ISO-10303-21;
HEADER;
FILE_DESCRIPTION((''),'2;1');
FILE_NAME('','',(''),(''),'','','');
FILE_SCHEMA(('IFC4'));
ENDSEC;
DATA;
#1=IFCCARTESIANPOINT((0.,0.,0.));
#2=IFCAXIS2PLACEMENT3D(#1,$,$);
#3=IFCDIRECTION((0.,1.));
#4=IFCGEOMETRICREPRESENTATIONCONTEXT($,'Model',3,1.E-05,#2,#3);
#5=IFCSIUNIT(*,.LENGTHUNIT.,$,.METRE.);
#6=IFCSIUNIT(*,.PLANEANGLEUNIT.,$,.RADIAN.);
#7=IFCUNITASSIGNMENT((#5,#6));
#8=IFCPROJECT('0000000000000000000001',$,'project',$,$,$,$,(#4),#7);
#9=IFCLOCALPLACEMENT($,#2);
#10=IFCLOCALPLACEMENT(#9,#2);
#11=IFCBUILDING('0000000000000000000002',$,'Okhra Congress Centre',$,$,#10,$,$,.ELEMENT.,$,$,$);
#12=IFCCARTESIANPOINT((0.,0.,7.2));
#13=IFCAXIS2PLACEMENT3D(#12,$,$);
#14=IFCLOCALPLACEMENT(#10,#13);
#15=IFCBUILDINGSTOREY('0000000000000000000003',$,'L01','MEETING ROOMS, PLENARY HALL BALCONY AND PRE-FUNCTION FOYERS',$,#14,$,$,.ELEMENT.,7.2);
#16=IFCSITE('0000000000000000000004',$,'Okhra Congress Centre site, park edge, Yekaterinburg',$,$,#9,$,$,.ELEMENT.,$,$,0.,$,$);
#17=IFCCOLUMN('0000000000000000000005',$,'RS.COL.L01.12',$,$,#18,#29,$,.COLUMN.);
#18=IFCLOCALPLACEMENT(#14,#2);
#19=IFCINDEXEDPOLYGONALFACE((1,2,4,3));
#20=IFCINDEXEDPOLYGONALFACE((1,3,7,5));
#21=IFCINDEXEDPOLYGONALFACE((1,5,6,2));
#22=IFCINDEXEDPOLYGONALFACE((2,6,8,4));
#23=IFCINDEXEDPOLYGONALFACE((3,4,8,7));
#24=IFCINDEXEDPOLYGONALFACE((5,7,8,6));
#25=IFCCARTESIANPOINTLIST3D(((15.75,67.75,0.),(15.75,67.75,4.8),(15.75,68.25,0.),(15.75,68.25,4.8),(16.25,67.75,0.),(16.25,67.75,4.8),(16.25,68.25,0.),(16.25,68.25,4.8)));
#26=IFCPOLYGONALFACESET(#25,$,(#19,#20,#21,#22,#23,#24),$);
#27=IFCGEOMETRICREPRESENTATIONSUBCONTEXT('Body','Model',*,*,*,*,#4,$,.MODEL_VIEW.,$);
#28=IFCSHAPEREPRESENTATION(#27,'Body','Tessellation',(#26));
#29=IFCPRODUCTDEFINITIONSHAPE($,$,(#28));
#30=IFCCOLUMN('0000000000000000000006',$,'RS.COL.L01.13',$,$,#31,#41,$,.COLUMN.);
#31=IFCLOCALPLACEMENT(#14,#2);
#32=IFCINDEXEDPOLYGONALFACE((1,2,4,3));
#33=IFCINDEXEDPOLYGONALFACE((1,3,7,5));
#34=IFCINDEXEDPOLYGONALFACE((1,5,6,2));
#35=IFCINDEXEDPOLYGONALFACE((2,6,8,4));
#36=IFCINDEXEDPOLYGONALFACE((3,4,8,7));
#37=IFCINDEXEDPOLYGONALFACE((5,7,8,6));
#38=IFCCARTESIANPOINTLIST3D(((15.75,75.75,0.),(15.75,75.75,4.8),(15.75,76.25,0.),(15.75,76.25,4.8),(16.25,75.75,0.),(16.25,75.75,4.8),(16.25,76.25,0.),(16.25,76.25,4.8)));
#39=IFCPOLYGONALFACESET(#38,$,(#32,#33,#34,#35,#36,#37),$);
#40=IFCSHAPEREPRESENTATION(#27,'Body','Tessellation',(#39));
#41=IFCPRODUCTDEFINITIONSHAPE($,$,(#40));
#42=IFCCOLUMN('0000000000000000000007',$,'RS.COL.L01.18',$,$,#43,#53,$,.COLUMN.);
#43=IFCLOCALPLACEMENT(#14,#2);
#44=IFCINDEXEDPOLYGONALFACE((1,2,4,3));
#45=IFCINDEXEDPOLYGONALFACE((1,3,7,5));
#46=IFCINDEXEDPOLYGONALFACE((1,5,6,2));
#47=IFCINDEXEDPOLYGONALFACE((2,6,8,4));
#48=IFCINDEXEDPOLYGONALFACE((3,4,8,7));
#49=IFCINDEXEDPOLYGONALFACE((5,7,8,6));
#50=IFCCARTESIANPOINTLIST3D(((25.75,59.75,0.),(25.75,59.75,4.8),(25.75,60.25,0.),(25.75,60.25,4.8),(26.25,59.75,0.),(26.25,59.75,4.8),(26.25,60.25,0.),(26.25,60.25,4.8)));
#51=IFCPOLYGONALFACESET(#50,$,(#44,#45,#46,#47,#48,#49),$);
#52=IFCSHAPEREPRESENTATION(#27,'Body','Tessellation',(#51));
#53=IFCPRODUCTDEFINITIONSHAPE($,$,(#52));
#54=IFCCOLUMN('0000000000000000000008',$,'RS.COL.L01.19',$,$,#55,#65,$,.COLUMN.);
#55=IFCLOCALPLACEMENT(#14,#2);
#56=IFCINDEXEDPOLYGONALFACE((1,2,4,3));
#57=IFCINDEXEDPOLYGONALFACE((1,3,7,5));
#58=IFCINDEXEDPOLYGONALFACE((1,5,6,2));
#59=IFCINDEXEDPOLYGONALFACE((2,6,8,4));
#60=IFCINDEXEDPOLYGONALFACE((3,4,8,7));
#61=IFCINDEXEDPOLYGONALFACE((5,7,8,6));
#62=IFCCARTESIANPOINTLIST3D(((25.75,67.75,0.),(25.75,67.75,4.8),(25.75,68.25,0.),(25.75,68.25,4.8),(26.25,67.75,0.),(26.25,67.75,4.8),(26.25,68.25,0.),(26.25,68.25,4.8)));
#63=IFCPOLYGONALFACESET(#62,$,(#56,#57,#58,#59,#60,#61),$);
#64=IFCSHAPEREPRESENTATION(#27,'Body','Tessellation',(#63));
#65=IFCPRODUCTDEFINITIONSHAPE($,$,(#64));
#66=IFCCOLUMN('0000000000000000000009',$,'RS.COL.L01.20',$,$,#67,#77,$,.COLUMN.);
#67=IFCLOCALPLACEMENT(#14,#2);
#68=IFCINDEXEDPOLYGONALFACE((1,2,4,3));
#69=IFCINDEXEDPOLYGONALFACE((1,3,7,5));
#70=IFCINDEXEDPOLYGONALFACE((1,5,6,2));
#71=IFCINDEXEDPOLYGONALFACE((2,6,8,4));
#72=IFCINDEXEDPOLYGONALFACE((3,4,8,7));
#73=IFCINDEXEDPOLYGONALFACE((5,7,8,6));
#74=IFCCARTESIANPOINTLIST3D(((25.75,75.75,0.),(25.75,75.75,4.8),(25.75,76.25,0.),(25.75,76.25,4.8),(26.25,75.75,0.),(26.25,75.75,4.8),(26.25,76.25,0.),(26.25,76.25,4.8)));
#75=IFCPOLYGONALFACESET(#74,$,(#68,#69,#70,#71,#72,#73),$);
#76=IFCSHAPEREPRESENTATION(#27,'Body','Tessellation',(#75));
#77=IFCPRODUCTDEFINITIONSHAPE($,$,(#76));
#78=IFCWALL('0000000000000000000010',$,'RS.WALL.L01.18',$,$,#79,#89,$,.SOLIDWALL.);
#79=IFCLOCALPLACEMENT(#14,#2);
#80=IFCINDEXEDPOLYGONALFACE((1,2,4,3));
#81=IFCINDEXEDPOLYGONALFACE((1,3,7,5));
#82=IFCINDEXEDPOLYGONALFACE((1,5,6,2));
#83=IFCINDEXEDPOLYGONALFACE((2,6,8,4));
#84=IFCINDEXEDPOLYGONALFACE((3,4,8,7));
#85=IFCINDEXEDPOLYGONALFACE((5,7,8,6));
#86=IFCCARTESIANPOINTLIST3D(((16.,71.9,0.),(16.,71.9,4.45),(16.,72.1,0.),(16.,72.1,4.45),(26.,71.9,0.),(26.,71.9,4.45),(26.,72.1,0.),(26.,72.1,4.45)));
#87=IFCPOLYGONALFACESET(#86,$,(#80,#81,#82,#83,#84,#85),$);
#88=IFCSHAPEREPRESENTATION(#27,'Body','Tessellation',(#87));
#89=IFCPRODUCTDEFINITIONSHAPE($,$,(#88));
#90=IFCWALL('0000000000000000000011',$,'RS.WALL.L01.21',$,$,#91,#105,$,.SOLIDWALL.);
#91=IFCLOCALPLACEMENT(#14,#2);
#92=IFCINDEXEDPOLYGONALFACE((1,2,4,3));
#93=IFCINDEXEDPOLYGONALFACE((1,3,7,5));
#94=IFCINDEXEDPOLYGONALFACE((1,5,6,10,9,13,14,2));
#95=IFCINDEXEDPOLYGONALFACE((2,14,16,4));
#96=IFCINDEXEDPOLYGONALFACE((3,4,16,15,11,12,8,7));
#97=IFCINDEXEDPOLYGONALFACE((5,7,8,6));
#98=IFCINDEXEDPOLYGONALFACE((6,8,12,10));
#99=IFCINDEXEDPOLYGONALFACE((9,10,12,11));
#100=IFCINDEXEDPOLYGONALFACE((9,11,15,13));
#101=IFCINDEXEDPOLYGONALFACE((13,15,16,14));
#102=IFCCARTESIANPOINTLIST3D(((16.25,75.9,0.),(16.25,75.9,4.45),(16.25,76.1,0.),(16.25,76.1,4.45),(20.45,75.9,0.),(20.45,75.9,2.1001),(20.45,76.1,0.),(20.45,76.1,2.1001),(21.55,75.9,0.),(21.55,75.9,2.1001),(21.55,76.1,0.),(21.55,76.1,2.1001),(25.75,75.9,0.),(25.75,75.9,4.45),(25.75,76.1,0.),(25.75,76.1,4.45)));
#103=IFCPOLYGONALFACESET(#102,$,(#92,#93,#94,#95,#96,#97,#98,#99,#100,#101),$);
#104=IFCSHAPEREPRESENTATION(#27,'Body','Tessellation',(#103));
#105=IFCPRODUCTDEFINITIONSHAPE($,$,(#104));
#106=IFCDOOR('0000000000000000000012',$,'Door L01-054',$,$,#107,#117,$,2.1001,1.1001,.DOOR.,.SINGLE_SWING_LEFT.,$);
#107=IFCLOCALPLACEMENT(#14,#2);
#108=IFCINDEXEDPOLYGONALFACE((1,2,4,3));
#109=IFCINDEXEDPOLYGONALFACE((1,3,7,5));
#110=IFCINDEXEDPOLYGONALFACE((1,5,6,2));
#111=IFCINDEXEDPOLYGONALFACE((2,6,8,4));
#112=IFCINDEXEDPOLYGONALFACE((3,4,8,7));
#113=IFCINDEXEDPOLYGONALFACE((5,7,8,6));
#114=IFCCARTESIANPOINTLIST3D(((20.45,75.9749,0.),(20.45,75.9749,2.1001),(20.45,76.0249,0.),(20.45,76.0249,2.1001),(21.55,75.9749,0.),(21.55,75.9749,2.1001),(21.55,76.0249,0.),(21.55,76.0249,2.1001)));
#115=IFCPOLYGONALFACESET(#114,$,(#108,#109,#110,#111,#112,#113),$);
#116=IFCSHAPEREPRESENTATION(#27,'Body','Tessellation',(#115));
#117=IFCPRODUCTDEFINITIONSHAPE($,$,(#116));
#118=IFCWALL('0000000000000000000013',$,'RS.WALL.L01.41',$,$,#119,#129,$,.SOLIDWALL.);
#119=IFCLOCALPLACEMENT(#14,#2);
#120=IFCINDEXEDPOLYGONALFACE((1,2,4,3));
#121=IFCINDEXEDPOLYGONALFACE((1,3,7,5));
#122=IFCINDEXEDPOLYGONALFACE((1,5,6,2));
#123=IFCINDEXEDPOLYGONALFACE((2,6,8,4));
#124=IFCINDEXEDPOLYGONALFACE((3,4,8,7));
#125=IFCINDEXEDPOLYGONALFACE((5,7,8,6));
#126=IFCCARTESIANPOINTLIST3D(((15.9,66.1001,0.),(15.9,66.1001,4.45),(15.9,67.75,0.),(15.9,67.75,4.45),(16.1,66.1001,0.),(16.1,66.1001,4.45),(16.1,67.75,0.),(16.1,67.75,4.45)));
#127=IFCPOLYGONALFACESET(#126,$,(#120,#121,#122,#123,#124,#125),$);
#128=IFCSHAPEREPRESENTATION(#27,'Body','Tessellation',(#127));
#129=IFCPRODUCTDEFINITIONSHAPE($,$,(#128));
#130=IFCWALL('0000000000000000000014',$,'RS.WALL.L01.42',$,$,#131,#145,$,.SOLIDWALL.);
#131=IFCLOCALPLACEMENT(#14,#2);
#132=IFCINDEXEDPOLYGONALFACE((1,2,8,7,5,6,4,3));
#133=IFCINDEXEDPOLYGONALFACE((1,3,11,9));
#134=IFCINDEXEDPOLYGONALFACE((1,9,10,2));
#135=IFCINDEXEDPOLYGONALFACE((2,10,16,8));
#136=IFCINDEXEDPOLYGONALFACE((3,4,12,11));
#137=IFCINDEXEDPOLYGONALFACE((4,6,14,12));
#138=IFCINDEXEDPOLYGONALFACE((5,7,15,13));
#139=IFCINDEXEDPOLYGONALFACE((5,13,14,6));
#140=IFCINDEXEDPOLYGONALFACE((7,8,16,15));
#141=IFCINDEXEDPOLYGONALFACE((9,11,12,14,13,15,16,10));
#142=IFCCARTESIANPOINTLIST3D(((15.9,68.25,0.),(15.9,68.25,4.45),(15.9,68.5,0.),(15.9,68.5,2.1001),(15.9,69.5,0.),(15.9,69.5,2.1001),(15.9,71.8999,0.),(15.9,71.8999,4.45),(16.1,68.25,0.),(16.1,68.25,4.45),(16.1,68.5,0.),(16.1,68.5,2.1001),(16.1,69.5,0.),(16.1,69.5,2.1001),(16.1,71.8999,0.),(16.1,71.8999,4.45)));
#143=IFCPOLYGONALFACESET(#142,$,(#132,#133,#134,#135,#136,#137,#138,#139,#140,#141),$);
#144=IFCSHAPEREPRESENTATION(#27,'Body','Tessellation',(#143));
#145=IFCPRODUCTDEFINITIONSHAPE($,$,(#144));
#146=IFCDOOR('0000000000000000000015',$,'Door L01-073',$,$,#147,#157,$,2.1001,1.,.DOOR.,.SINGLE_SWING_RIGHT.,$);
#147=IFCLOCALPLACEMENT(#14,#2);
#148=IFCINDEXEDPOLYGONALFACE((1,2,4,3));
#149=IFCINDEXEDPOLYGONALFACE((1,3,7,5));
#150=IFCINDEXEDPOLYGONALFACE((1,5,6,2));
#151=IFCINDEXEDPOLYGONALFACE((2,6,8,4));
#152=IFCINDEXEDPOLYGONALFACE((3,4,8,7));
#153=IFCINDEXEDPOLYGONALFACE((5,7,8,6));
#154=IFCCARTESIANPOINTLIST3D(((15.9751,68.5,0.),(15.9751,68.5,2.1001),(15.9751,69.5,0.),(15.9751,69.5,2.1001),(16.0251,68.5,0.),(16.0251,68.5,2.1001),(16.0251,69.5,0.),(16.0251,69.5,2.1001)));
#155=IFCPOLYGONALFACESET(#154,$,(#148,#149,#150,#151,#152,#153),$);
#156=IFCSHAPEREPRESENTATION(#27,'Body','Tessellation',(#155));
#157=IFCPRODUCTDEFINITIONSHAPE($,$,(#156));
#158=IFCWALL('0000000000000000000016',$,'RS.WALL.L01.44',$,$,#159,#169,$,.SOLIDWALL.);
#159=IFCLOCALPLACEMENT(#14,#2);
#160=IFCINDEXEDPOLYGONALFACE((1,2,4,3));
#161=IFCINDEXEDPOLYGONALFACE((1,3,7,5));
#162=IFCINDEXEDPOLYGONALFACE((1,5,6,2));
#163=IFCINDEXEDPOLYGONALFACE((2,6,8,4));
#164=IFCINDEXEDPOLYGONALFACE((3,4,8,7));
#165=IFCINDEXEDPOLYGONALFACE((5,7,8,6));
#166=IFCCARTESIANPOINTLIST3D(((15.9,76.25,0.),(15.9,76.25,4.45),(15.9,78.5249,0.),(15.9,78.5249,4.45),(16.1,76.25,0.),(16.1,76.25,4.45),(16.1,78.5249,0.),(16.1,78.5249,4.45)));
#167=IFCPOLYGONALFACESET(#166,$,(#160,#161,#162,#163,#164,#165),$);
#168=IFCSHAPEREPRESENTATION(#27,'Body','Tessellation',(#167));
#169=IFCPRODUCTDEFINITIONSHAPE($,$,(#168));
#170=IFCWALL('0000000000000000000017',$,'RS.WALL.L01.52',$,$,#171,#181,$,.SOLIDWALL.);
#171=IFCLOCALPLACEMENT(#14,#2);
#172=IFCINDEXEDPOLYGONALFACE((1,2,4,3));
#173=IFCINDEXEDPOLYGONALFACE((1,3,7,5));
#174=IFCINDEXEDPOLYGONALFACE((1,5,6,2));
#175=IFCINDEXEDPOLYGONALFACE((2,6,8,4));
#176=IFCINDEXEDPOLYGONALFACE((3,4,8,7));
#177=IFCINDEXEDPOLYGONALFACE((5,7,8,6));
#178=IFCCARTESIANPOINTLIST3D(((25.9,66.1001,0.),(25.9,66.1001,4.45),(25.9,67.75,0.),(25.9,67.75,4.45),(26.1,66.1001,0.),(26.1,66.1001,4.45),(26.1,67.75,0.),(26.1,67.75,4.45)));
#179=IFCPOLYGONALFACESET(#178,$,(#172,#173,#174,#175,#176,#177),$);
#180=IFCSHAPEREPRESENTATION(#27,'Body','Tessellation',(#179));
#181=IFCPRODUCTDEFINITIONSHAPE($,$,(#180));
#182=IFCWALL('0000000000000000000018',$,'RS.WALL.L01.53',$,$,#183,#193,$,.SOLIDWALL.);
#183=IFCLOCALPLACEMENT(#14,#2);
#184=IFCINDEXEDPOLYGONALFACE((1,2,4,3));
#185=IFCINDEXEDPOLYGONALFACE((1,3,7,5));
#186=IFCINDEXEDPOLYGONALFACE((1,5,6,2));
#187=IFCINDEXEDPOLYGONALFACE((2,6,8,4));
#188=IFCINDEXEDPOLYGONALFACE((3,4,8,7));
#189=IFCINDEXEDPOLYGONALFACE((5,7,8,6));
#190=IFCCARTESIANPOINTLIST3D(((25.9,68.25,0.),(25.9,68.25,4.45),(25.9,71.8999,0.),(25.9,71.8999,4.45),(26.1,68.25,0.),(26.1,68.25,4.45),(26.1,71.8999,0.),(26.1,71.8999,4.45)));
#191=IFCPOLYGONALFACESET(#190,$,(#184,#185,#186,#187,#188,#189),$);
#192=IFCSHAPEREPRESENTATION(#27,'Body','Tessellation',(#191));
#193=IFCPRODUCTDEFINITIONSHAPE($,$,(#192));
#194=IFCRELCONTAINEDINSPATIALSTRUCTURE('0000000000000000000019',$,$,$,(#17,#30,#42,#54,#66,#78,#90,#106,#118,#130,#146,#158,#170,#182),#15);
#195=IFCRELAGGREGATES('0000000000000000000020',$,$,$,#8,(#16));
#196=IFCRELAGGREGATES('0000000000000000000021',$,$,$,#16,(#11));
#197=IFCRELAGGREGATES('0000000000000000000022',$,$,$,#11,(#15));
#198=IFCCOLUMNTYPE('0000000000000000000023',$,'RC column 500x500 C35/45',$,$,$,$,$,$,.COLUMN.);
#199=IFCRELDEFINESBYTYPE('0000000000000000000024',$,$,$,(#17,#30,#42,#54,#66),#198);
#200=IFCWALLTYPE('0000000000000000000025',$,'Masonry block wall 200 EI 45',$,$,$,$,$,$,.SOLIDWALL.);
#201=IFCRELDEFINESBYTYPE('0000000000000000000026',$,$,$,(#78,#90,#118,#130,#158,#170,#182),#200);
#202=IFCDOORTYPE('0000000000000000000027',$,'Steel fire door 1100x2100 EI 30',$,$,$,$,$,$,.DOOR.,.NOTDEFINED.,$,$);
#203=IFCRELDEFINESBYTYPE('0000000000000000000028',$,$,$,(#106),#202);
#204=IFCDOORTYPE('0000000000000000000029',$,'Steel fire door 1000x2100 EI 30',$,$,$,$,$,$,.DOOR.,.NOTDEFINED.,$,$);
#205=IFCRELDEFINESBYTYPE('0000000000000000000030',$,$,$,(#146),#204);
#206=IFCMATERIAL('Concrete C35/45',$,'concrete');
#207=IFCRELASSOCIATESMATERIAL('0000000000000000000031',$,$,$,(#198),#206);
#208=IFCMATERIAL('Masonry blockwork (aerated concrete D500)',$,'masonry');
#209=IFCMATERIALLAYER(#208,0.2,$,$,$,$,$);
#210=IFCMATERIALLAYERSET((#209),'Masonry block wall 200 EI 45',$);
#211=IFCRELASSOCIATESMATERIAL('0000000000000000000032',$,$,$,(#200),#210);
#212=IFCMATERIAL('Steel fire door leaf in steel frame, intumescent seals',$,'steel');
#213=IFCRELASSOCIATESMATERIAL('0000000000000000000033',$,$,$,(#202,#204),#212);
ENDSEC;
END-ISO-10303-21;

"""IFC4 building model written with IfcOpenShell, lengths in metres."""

from ifc_helpers import new_model, si_unit, direction, frame, frame_2d, origin, origin_2d, place, context, subcontext, project, spatial, rectangle, extrude, material, layer, layer_set, material_profile, profile_set, type_object, element, fill, save


model = new_model("IFC4")

# Units and contexts
model_context = context("Model", 3, precision=1e-05, world=origin(), true_north=direction((0.0, 1.0)))
body_context = subcontext(model_context, "Body", "Model", "MODEL_VIEW")
ifc_project = project(units=[si_unit("LENGTHUNIT", "METRE"), si_unit("PLANEANGLEUNIT", "RADIAN")], contexts=[model_context])

# Site, building, storey
site_placement = place(None, origin())
site = spatial("IfcSite", under=ifc_project, at=site_placement, Name="Okhra Congress Centre site, park edge, Yekaterinburg", CompositionType="ELEMENT", RefElevation=0.0)
building_placement = place(site_placement, origin())
building = spatial("IfcBuilding", under=site, at=building_placement, Name="Okhra Congress Centre", CompositionType="ELEMENT")
storey_placement = place(building_placement, frame((0.0, 0.0, 7.2)))
storey = spatial("IfcBuildingStorey", under=building, at=storey_placement, Name="L01", Description="MEETING ROOMS, PLENARY HALL BALCONY AND PRE-FUNCTION FOYERS", CompositionType="ELEMENT", Elevation=7.2)

# Columns
ifc_material_1 = material(Name="Concrete C35/45", Category="concrete")
ifc_material_profile = material_profile(ifc_material_1, rectangle(XDim=0.5, YDim=0.5, at=origin_2d()), Name="RC 500x500")
ifc_profile_set = profile_set([ifc_material_profile], Name="Concrete C35/45")
column_type = type_object("IfcColumnType", Name="RC column 500x500 C35/45", PredefinedType="COLUMN", material=ifc_profile_set)
for number, where, z_axis, x_axis, name in (
    (1, (16.0, 68.0, 0.0), (0.0, 0.0, 1.0), (1.0, 0.0, 0.0), "RS.COL.L01.12"),
    (2, (16.0, 76.0, 0.0), (0.0, 0.0, 1.0), (1.0, 0.0, 0.0), "RS.COL.L01.13"),
    (3, (26.0, 60.0, 0.0), (0.0, 0.0, 1.0), (1.0, 0.0, 0.0), "RS.COL.L01.18"),
    (4, (26.0, 68.0, 0.0), (0.0, 0.0, 1.0), (1.0, 0.0, 0.0), "RS.COL.L01.19"),
    (5, (26.0, 76.0, 0.0), (0.0, 0.0, 1.0), (1.0, 0.0, 0.0), "RS.COL.L01.20"),
):
    element("IfcColumn", number, at=place(storey_placement, frame(where, z_axis=z_axis, x_axis=x_axis)), inside=storey, type_object=column_type, Name=name, PredefinedType="COLUMN", context=body_context, shape_type="SweptSolid", body=[
        extrude(rectangle(XDim=0.5, YDim=0.5, at=origin_2d()), origin(), (0.0, 0.0, 1.0), 4.8),
    ])

# Wall
ifc_material_2 = material(Name="Masonry blockwork (aerated concrete D500)", Category="masonry")
ifc_layer_1 = layer(ifc_material_2, 0.2)
ifc_layer_set_1 = layer_set([ifc_layer_1], Name="Masonry block wall 200 EI 45")
wall_type_1 = type_object("IfcWallType", Name="Masonry block wall 200 EI 45", PredefinedType="SOLIDWALL", material=ifc_layer_set_1)
wall_1_placement = place(storey_placement, frame((16.0, 72.0, 0.0), z_axis=(0.0, 0.0, 1.0), x_axis=(1.0, 0.0, 0.0)))
element("IfcWall", 6, at=wall_1_placement, inside=storey, type_object=wall_type_1, Name="RS.WALL.L01.18", PredefinedType="SOLIDWALL", context=body_context, shape_type="SweptSolid", body=[
    extrude(rectangle(XDim=10.0, YDim=0.2, at=frame_2d((5.0, 0.0))), origin(), (0.0, 0.0, 1.0), 4.45),
])

# Wall, opening, door
wall_2_placement = place(storey_placement, frame((16.25, 76.0, 0.0), z_axis=(0.0, 0.0, 1.0), x_axis=(1.0, 0.0, 0.0)))
wall_2 = element("IfcWall", 7, at=wall_2_placement, inside=storey, type_object=wall_type_1, Name="RS.WALL.L01.21", PredefinedType="SOLIDWALL", context=body_context, shape_type="SweptSolid", body=[
    extrude(rectangle(XDim=9.5, YDim=0.2, at=frame_2d((4.75, 0.0))), origin(), (0.0, 0.0, 1.0), 4.45),
])
opening_1_placement = place(wall_2_placement, frame((4.2, 0.0, 0.0)))
opening_1 = element("IfcOpeningElement", 8, at=opening_1_placement, cuts=wall_2, PredefinedType="OPENING", context=body_context, shape_type="SweptSolid", body=[
    extrude(rectangle(XDim=1.1001, YDim=2.1001, at=frame_2d((0.55, 1.05))), frame((0.0, 0.1099, 0.0), z_axis=(0.0, -1.0, 0.0), x_axis=(1.0, 0.0, 0.0)), (0.0, 0.0, 1.0), 0.22),
])
ifc_material_3 = material(Name="Steel fire door leaf in steel frame, intumescent seals", Category="steel")
door_type_1 = type_object("IfcDoorType", Name="Steel fire door 1100x2100 EI 30", OperationType="NOTDEFINED", PredefinedType="DOOR", material=ifc_material_3)
door_1_placement = place(opening_1_placement, origin())
door_1 = element("IfcDoor", 9, at=door_1_placement, inside=storey, type_object=door_type_1, Name="Door L01-054", OperationType="SINGLE_SWING_LEFT", OverallHeight=2.1001, OverallWidth=1.1001, PredefinedType="DOOR", context=body_context, shape_type="SweptSolid", body=[
    extrude(rectangle(XDim=1.1001, YDim=2.1001, at=frame_2d((0.55, 1.05))), frame((0.0, 0.0249, 0.0), z_axis=(0.0, -1.0, 0.0), x_axis=(1.0, 0.0, 0.0)), (0.0, 0.0, 1.0), 0.05),
])
fill(opening_1, door_1)

# Wall
wall_3_placement = place(storey_placement, frame((16.0, 66.1001, 0.0), z_axis=(0.0, 0.0, 1.0), x_axis=(0.0, 1.0, 0.0)))
element("IfcWall", 10, at=wall_3_placement, inside=storey, type_object=wall_type_1, Name="RS.WALL.L01.41", PredefinedType="SOLIDWALL", context=body_context, shape_type="SweptSolid", body=[
    extrude(rectangle(XDim=1.6499, YDim=0.2, at=frame_2d((0.825, 0.0))), origin(), (0.0, 0.0, 1.0), 4.45),
])

# Wall, opening, door
wall_4_placement = place(storey_placement, frame((16.0, 68.25, 0.0), z_axis=(0.0, 0.0, 1.0), x_axis=(0.0, 1.0, 0.0)))
wall_4 = element("IfcWall", 11, at=wall_4_placement, inside=storey, type_object=wall_type_1, Name="RS.WALL.L01.42", PredefinedType="SOLIDWALL", context=body_context, shape_type="SweptSolid", body=[
    extrude(rectangle(XDim=3.6499, YDim=0.2, at=frame_2d((1.825, 0.0))), origin(), (0.0, 0.0, 1.0), 4.45),
])
opening_2_placement = place(wall_4_placement, frame((0.25, 0.0, 0.0)))
opening_2 = element("IfcOpeningElement", 12, at=opening_2_placement, cuts=wall_4, PredefinedType="OPENING", context=body_context, shape_type="SweptSolid", body=[
    extrude(rectangle(XDim=1.0, YDim=2.1001, at=frame_2d((0.5, 1.05))), frame((0.0, 0.1099, 0.0), z_axis=(0.0, -1.0, 0.0), x_axis=(1.0, 0.0, 0.0)), (0.0, 0.0, 1.0), 0.22),
])
door_type_2 = type_object("IfcDoorType", Name="Steel fire door 1000x2100 EI 30", OperationType="NOTDEFINED", PredefinedType="DOOR", material=ifc_material_3)
door_2_placement = place(opening_2_placement, origin())
door_2 = element("IfcDoor", 13, at=door_2_placement, inside=storey, type_object=door_type_2, Name="Door L01-073", OperationType="SINGLE_SWING_RIGHT", OverallHeight=2.1001, OverallWidth=1.0, PredefinedType="DOOR", context=body_context, shape_type="SweptSolid", body=[
    extrude(rectangle(XDim=1.0, YDim=2.1001, at=frame_2d((0.5, 1.05))), frame((0.0, 0.0249, 0.0), z_axis=(0.0, -1.0, 0.0), x_axis=(1.0, 0.0, 0.0)), (0.0, 0.0, 1.0), 0.05),
])
fill(opening_2, door_2)

# Walls
wall_5_placement = place(storey_placement, frame((16.0, 76.25, 0.0), z_axis=(0.0, 0.0, 1.0), x_axis=(0.0, 1.0, 0.0)))
element("IfcWall", 14, at=wall_5_placement, inside=storey, type_object=wall_type_1, Name="RS.WALL.L01.44", PredefinedType="SOLIDWALL", context=body_context, shape_type="SweptSolid", body=[
    extrude(rectangle(XDim=2.2749, YDim=0.2, at=frame_2d((1.1375, 0.0))), origin(), (0.0, 0.0, 1.0), 4.45),
])
wall_6_placement = place(storey_placement, frame((26.0, 66.1001, 0.0), z_axis=(0.0, 0.0, 1.0), x_axis=(0.0, 1.0, 0.0)))
element("IfcWall", 15, at=wall_6_placement, inside=storey, type_object=wall_type_1, Name="RS.WALL.L01.52", PredefinedType="SOLIDWALL", context=body_context, shape_type="SweptSolid", body=[
    extrude(rectangle(XDim=1.6499, YDim=0.2, at=frame_2d((0.825, 0.0))), origin(), (0.0, 0.0, 1.0), 4.45),
])
wall_7_placement = place(storey_placement, frame((26.0, 68.25, 0.0), z_axis=(0.0, 0.0, 1.0), x_axis=(0.0, 1.0, 0.0)))
element("IfcWall", 16, at=wall_7_placement, inside=storey, type_object=wall_type_1, Name="RS.WALL.L01.53", PredefinedType="SOLIDWALL", context=body_context, shape_type="SweptSolid", body=[
    extrude(rectangle(XDim=3.6499, YDim=0.2, at=frame_2d((1.825, 0.0))), origin(), (0.0, 0.0, 1.0), 4.45),
])

save(model, "model.ifc")
